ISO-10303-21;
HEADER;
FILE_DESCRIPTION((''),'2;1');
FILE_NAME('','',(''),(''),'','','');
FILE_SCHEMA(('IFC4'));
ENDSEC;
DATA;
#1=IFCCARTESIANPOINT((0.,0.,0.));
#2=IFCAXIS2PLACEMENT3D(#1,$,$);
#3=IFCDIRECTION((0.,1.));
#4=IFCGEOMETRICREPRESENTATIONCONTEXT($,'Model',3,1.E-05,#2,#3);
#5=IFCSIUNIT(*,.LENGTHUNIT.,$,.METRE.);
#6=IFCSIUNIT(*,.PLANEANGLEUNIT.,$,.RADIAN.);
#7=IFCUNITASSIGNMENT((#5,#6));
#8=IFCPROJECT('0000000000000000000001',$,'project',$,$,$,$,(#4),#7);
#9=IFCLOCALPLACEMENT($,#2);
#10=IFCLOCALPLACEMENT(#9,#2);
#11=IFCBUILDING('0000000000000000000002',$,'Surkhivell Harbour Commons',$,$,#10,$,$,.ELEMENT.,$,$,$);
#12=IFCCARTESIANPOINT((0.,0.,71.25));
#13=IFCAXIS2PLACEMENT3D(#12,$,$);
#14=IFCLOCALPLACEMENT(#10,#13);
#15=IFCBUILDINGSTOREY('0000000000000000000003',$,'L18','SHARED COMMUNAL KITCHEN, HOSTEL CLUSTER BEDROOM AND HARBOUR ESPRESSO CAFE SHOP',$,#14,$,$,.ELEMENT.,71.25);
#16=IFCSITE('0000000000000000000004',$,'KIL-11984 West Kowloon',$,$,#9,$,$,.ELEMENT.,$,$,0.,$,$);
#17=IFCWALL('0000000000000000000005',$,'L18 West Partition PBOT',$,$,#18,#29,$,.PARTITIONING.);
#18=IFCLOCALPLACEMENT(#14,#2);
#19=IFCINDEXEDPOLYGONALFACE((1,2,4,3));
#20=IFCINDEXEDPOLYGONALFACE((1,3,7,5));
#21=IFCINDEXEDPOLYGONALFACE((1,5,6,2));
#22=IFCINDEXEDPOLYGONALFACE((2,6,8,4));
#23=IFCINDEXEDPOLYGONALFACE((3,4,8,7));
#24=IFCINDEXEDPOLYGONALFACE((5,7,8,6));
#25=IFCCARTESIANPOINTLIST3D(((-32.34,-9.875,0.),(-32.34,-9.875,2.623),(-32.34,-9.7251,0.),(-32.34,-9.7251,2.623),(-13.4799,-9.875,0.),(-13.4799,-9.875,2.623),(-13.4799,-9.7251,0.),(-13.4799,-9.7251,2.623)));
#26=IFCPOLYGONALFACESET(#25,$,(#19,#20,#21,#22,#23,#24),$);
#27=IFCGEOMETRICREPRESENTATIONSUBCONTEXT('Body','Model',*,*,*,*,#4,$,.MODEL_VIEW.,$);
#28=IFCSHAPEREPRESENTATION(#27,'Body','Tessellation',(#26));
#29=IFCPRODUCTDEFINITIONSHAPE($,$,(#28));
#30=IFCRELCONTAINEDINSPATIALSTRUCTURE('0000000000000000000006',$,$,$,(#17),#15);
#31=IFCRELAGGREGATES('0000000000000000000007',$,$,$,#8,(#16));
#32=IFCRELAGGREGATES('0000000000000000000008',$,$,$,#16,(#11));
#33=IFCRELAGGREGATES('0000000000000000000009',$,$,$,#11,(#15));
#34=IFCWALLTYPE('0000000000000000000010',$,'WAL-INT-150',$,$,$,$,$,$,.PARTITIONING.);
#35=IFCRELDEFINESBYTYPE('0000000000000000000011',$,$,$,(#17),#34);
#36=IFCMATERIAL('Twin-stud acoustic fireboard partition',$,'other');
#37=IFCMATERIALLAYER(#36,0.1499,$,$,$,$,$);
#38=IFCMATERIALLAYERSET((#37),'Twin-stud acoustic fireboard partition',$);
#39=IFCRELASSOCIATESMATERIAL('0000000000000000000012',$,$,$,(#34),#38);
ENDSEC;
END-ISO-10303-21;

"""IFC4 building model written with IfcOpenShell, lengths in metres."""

from ifc_helpers import new_model, si_unit, direction, frame, frame_2d, origin, place, context, subcontext, project, spatial, rectangle, extrude, material, layer, layer_set, type_object, element, save


model = new_model("IFC4")

# Units and contexts
model_context = context("Model", 3, precision=1e-05, world=origin(), true_north=direction((0.0, 1.0)))
body_context = subcontext(model_context, "Body", "Model", "MODEL_VIEW")
ifc_project = project(units=[si_unit("LENGTHUNIT", "METRE"), si_unit("PLANEANGLEUNIT", "RADIAN")], contexts=[model_context])

# Site, building, storey
site_placement = place(None, origin())
site = spatial("IfcSite", under=ifc_project, at=site_placement, Name="KIL-11984 West Kowloon", CompositionType="ELEMENT", RefElevation=0.0)
building_placement = place(site_placement, origin())
building = spatial("IfcBuilding", under=site, at=building_placement, Name="Surkhivell Harbour Commons", CompositionType="ELEMENT")
storey_placement = place(building_placement, frame((0.0, 0.0, 71.25)))
storey = spatial("IfcBuildingStorey", under=building, at=storey_placement, Name="L18", Description="SHARED COMMUNAL KITCHEN, HOSTEL CLUSTER BEDROOM AND HARBOUR ESPRESSO CAFE SHOP", CompositionType="ELEMENT", Elevation=71.25)

# Wall
ifc_material_1 = material(Name="Twin-stud acoustic fireboard partition", Category="other")
ifc_layer_1 = layer(ifc_material_1, 0.1499)
ifc_layer_set_1 = layer_set([ifc_layer_1], Name="Twin-stud acoustic fireboard partition")
wall_type_1 = type_object("IfcWallType", Name="WAL-INT-150", PredefinedType="PARTITIONING", material=ifc_layer_set_1)
wall_1_placement = place(storey_placement, frame((-32.3401, -9.8, 0.0), z_axis=(0.0, 0.0, 1.0), x_axis=(1.0, 0.0, 0.0)))
element("IfcWall", 1, at=wall_1_placement, inside=storey, type_object=wall_type_1, Name="L18 West Partition PBOT", PredefinedType="PARTITIONING", context=body_context, shape_type="SweptSolid", body=[
    extrude(rectangle(XDim=18.8601, YDim=0.1499, at=frame_2d((9.4302, 0.0))), origin(), (0.0, 0.0, 1.0), 2.623),
])

save(model, "model.ifc")
